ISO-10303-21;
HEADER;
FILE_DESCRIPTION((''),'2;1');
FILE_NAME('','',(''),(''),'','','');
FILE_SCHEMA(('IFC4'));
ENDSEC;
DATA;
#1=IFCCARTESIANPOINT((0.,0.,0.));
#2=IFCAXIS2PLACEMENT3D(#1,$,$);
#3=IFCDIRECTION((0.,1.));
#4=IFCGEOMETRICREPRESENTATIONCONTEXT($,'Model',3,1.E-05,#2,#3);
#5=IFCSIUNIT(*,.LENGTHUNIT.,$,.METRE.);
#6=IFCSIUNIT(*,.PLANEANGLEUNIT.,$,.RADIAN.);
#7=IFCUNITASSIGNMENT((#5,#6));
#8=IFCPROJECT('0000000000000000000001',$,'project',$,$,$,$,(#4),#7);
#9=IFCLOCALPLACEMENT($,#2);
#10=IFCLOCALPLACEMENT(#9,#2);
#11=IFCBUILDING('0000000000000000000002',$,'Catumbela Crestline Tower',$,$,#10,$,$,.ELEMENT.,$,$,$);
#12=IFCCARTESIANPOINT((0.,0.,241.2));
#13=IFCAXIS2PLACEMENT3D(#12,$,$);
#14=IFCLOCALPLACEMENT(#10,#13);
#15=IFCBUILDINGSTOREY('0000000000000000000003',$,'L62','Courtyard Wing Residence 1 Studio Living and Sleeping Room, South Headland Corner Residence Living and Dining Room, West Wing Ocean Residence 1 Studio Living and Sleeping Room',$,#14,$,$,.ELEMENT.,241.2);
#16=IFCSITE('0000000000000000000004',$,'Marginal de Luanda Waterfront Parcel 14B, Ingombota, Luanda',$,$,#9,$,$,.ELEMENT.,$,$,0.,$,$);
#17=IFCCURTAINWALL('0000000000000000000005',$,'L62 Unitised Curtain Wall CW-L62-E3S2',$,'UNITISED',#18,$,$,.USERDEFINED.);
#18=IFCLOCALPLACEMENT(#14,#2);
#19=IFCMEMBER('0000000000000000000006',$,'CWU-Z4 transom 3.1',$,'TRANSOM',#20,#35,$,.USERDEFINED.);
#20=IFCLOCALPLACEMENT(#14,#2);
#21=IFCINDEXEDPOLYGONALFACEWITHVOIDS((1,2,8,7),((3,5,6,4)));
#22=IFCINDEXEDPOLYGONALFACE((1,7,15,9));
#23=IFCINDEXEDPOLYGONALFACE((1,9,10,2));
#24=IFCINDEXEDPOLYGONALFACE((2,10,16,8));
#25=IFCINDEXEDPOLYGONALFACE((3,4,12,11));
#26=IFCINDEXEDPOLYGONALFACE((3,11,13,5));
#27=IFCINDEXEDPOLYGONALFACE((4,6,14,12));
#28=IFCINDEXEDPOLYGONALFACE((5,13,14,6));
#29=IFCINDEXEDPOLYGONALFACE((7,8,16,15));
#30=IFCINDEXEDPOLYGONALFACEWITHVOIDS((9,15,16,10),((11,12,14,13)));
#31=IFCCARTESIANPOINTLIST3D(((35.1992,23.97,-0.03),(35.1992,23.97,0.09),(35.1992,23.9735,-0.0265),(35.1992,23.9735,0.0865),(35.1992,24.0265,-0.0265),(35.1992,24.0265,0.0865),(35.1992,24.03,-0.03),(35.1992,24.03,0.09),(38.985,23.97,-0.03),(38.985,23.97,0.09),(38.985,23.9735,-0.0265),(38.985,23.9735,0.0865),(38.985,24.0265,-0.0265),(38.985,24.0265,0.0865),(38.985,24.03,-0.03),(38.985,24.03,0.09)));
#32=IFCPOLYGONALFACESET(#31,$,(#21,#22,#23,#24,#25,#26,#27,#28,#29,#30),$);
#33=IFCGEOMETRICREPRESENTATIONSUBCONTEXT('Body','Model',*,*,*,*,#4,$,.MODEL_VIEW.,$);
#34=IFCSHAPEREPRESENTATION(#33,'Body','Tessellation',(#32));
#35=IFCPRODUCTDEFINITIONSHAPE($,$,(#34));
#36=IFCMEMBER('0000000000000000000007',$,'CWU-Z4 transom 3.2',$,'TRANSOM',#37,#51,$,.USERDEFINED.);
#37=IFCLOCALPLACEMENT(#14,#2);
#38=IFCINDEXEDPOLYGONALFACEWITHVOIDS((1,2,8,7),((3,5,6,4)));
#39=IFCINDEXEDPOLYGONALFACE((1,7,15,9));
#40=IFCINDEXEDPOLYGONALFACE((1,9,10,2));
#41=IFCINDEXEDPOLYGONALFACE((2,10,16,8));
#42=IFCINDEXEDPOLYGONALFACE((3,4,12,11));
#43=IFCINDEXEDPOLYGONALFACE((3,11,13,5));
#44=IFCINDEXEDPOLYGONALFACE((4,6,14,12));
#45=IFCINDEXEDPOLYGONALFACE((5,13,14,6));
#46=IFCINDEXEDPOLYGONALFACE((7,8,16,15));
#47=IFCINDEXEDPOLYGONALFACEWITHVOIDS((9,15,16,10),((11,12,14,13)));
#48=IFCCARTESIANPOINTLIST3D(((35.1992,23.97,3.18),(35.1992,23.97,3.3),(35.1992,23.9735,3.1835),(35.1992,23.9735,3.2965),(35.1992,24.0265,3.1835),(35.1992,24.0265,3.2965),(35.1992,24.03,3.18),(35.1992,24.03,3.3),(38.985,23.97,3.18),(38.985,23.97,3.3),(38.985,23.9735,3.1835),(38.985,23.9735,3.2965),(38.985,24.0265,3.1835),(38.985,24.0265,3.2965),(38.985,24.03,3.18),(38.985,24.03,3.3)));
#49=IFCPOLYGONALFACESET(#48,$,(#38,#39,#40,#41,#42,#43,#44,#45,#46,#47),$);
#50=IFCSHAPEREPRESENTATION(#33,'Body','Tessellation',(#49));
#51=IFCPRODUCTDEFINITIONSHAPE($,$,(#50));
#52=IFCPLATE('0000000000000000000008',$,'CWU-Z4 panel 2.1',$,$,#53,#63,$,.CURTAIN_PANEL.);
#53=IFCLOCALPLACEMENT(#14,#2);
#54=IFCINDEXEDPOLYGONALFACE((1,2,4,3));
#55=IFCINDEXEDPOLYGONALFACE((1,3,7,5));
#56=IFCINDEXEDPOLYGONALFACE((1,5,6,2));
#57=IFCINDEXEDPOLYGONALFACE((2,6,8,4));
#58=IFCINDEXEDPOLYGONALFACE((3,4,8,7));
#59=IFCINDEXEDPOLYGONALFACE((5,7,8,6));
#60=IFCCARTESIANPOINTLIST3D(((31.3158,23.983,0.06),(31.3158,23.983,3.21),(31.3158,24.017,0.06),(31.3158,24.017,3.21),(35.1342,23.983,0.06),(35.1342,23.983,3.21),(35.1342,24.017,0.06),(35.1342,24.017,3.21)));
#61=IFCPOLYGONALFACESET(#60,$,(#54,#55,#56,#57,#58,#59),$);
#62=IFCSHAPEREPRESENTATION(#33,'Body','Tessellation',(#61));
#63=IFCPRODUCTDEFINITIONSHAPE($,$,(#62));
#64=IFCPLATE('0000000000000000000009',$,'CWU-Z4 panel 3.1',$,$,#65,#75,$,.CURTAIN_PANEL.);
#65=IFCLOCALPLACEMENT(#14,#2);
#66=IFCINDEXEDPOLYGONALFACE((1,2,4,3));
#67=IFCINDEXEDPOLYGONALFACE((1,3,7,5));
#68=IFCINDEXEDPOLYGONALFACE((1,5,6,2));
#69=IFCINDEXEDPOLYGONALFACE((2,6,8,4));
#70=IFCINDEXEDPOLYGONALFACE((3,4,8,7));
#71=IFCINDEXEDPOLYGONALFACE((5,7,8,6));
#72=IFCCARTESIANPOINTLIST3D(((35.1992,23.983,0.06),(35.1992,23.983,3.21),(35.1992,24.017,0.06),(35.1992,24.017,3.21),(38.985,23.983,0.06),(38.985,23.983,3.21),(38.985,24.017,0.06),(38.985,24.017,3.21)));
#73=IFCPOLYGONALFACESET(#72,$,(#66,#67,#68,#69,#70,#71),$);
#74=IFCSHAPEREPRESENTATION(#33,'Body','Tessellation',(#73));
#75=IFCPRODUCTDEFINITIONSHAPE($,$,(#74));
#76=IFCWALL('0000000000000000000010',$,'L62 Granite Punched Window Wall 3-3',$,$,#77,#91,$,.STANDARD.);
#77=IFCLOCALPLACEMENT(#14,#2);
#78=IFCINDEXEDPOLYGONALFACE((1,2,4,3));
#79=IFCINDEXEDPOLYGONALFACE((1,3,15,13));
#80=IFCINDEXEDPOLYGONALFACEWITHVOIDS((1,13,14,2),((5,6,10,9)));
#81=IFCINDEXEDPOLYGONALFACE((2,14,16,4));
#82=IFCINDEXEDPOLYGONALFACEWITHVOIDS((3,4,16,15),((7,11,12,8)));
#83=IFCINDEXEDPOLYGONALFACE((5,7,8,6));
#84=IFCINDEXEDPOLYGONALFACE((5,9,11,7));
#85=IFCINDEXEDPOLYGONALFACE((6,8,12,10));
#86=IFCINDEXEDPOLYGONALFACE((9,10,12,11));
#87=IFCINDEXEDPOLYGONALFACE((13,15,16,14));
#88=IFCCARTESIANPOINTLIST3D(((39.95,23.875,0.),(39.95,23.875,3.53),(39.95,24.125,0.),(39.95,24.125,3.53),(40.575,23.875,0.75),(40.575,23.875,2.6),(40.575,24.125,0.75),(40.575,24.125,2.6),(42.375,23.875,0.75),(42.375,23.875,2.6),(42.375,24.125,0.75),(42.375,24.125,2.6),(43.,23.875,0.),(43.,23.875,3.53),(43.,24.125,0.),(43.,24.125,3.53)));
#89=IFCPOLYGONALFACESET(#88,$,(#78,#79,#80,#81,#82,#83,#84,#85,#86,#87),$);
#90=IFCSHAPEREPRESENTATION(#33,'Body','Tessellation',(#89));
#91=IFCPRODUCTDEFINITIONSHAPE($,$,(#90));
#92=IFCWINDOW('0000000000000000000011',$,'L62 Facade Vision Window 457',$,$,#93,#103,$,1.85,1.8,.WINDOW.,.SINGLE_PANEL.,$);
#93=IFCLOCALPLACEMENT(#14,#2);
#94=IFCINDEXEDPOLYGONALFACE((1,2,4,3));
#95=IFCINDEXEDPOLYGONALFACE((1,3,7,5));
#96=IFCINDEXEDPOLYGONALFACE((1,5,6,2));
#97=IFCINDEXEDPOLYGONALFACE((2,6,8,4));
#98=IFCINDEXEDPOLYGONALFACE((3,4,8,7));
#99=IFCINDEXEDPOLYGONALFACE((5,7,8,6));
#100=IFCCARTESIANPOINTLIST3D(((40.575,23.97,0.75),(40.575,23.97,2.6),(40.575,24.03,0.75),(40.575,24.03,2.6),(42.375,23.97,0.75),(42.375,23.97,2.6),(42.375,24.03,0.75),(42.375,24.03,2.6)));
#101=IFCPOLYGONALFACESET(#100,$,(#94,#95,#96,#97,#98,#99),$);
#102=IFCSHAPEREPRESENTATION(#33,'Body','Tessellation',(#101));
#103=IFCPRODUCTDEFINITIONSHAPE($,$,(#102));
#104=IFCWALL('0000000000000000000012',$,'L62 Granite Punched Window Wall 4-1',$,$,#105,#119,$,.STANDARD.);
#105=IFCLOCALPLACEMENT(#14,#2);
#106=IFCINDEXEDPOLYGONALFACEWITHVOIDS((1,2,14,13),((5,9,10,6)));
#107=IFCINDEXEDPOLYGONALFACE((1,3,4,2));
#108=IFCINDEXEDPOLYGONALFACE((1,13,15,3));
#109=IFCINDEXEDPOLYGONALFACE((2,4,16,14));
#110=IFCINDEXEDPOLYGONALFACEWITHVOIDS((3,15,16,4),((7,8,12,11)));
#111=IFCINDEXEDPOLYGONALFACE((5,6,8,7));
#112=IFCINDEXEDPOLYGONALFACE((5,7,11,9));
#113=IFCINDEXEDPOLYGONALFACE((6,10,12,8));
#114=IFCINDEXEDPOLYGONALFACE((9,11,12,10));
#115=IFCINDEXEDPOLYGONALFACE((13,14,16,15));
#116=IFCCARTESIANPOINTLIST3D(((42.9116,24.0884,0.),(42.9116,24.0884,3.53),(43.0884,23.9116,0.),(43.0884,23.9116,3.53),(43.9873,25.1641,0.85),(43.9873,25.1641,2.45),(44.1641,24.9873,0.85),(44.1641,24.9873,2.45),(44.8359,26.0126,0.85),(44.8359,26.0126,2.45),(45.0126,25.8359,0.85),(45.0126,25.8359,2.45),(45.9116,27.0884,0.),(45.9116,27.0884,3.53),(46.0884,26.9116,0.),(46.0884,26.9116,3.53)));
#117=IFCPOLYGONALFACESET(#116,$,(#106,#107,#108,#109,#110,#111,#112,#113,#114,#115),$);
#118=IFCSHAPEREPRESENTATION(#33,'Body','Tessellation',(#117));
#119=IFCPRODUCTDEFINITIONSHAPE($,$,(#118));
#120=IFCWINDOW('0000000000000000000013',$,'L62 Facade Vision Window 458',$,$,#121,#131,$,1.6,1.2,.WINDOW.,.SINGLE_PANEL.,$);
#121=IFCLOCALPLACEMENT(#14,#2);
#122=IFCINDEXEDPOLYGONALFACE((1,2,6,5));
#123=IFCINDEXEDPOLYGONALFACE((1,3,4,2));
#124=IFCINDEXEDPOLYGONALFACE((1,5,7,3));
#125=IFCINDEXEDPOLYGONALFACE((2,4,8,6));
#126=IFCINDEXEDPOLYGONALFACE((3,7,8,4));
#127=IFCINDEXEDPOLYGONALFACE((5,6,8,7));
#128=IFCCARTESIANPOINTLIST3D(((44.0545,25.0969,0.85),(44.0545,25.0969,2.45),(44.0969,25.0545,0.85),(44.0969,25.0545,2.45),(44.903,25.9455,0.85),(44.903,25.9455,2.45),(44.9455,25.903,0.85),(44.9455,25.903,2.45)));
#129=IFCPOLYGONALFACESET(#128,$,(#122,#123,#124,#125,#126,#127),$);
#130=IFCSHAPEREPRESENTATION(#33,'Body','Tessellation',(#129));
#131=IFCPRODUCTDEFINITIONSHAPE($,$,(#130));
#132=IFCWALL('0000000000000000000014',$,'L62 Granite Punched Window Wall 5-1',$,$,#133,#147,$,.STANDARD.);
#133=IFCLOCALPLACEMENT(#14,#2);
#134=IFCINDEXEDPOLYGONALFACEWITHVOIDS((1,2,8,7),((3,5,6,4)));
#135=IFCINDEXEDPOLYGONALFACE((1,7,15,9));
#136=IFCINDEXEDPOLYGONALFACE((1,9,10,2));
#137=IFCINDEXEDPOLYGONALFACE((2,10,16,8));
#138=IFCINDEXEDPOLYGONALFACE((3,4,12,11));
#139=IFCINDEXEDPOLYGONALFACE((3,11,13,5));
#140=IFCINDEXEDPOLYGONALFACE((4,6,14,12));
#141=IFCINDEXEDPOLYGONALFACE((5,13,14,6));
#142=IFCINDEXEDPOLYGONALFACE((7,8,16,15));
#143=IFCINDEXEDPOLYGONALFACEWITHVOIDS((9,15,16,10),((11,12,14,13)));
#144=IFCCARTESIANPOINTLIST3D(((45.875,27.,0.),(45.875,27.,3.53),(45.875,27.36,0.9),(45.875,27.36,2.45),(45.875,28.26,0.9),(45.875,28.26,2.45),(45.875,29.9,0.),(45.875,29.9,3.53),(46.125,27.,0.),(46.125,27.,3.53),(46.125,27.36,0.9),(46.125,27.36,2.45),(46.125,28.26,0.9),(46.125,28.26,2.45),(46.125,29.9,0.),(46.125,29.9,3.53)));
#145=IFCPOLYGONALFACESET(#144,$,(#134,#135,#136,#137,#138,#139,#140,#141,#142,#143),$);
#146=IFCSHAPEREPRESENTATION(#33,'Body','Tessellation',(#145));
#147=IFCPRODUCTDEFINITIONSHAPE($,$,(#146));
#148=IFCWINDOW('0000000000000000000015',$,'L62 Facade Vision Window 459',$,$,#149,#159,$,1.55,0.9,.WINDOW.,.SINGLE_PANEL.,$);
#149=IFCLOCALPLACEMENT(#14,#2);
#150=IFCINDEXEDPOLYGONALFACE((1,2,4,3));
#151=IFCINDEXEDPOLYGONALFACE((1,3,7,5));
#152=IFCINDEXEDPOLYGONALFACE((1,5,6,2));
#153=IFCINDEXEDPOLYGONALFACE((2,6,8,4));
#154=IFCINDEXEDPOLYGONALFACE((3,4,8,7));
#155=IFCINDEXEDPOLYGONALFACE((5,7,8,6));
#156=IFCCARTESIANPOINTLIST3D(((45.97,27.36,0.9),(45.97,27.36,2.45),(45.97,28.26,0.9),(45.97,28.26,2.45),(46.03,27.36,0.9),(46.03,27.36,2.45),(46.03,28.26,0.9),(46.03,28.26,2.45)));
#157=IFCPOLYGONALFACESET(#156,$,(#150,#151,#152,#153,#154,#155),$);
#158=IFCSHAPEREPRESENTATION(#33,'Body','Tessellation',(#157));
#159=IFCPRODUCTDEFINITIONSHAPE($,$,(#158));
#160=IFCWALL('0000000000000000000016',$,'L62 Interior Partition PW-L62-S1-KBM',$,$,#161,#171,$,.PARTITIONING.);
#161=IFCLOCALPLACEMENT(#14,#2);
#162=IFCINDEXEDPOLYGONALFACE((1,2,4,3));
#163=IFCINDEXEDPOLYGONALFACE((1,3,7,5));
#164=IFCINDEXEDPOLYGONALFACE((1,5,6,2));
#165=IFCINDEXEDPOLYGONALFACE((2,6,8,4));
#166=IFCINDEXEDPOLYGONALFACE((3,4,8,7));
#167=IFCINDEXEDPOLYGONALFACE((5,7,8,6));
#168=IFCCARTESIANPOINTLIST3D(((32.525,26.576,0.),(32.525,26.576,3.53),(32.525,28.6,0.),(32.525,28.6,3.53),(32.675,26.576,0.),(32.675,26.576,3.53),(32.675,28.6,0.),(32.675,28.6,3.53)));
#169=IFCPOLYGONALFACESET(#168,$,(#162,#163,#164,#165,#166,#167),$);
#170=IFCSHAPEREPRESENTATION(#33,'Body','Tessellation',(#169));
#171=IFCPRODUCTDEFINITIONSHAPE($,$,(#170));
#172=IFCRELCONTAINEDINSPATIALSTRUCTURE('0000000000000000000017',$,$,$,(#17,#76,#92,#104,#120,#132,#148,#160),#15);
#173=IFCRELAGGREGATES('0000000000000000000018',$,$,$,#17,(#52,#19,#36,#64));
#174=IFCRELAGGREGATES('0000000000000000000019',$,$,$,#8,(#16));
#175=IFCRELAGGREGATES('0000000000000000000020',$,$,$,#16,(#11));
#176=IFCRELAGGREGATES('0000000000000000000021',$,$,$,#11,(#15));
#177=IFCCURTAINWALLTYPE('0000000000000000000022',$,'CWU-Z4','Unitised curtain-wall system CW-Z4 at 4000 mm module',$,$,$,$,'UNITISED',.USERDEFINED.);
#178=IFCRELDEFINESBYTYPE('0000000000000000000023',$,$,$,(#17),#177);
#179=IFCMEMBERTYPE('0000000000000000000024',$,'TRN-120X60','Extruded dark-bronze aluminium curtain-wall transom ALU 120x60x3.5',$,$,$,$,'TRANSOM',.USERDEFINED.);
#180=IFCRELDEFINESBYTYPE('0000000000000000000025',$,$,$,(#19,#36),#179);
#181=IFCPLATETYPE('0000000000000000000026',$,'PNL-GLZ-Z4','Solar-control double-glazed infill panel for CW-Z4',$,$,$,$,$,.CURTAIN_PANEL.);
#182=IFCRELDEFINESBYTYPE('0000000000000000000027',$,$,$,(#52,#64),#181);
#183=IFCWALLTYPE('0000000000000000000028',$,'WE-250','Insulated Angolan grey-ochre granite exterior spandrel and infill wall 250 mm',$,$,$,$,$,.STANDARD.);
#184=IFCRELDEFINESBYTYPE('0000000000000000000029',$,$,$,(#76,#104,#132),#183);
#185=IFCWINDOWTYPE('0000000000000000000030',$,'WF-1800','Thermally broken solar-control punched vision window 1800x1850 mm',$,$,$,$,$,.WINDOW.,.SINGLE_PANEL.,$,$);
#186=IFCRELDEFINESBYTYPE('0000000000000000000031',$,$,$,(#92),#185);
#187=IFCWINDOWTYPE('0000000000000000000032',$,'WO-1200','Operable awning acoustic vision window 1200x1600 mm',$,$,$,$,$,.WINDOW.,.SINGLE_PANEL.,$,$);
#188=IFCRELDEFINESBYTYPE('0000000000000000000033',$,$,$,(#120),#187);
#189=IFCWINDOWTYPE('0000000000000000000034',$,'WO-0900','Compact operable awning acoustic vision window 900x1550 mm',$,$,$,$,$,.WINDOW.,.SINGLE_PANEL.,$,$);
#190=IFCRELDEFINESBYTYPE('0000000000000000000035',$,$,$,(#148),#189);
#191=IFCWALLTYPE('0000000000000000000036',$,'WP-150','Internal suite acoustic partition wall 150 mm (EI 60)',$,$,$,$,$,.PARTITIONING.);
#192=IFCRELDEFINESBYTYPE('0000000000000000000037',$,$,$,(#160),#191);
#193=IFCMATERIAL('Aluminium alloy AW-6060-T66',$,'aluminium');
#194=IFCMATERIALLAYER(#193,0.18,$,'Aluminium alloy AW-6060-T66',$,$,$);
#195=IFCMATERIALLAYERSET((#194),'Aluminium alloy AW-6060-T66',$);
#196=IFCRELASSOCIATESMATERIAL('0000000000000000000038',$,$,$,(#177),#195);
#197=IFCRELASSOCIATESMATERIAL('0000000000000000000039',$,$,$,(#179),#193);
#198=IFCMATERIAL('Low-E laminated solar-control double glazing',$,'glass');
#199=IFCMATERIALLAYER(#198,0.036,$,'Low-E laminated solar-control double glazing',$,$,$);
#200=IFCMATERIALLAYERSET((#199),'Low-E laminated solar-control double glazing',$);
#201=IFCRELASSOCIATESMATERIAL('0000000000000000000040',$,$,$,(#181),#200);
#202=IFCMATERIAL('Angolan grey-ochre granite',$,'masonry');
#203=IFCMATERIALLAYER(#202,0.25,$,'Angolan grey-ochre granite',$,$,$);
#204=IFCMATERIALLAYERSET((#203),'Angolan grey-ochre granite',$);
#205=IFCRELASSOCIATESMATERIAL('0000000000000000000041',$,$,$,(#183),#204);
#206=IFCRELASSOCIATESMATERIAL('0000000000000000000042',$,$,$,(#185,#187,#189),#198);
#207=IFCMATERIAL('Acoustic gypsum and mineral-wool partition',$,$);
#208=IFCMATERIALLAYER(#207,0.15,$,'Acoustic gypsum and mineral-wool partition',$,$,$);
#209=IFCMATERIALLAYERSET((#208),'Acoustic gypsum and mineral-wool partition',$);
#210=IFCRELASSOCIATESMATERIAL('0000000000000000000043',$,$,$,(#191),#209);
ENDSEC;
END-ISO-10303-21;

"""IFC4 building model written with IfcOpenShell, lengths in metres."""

from ifc_helpers import new_model, si_unit, direction, frame, frame_2d, origin, origin_2d, place, context, subcontext, project, spatial, rectangle, hollow_rectangle, extrude, material, layer, layer_set, material_profile, profile_set, type_object, element, fill, aggregate, save


model = new_model("IFC4")

# Units and contexts
model_context = context("Model", 3, precision=1e-05, world=origin(), true_north=direction((0.0, 1.0)))
body_context = subcontext(model_context, "Body", "Model", "MODEL_VIEW")
ifc_project = project(units=[si_unit("LENGTHUNIT", "METRE"), si_unit("PLANEANGLEUNIT", "RADIAN")], contexts=[model_context])

# Site, building, storey
site_placement = place(None, origin())
site = spatial("IfcSite", under=ifc_project, at=site_placement, Name="Marginal de Luanda Waterfront Parcel 14B, Ingombota, Luanda", CompositionType="ELEMENT", RefElevation=0.0)
building_placement = place(site_placement, origin())
building = spatial("IfcBuilding", under=site, at=building_placement, Name="Catumbela Crestline Tower", CompositionType="ELEMENT")
storey_placement = place(building_placement, frame((0.0, 0.0, 241.2)))
storey = spatial("IfcBuildingStorey", under=building, at=storey_placement, Name="L62", Description="Courtyard Wing Residence 1 Studio Living and Sleeping Room, South Headland Corner Residence Living and Dining Room, West Wing Ocean Residence 1 Studio Living and Sleeping Room", CompositionType="ELEMENT", Elevation=241.2)

# Curtain wall, members, plates
ifc_material_1 = material(Name="Aluminium alloy AW-6060-T66", Category="aluminium")
ifc_layer_1 = layer(ifc_material_1, 0.18, Name="Aluminium alloy AW-6060-T66")
ifc_layer_set_1 = layer_set([ifc_layer_1], Name="Aluminium alloy AW-6060-T66")
curtain_wall_type = type_object("IfcCurtainWallType", Name="CWU-Z4", Description="Unitised curtain-wall system CW-Z4 at 4000 mm module", ElementType="UNITISED", PredefinedType="USERDEFINED", material=ifc_layer_set_1)
curtain_wall_placement = place(storey_placement, origin())
curtain_wall = element("IfcCurtainWall", 1, at=curtain_wall_placement, inside=storey, type_object=curtain_wall_type, Name="L62 Unitised Curtain Wall CW-L62-E3S2", ObjectType="UNITISED", PredefinedType="USERDEFINED")
ifc_material_profile_1 = material_profile(ifc_material_1, hollow_rectangle(XDim=0.06, YDim=0.12, WallThickness=0.0035, at=origin_2d()), Name="ALU 120x60x3.5")
ifc_profile_set_1 = profile_set([ifc_material_profile_1], Name="Aluminium alloy AW-6060-T66")
member_type_1 = type_object("IfcMemberType", Name="TRN-120X60", Description="Extruded dark-bronze aluminium curtain-wall transom ALU 120x60x3.5", ElementType="TRANSOM", PredefinedType="USERDEFINED", material=ifc_profile_set_1)
member_1_placement = place(storey_placement, frame((35.1992, 24.0, 0.03), z_axis=(1.0, 0.0, 0.0), x_axis=(0.0, 1.0, 0.0)))
member_1 = element("IfcMember", 2, at=member_1_placement, type_object=member_type_1, Name="CWU-Z4 transom 3.1", ObjectType="TRANSOM", PredefinedType="USERDEFINED", context=body_context, shape_type="SweptSolid", body=[
    extrude(hollow_rectangle(XDim=0.06, YDim=0.12, WallThickness=0.0035, at=origin_2d()), origin(), (0.0, 0.0, 1.0), 3.7858),
])
member_2_placement = place(storey_placement, frame((35.1992, 24.0, 3.24), z_axis=(1.0, 0.0, 0.0), x_axis=(0.0, 1.0, 0.0)))
member_2 = element("IfcMember", 3, at=member_2_placement, type_object=member_type_1, Name="CWU-Z4 transom 3.2", ObjectType="TRANSOM", PredefinedType="USERDEFINED", context=body_context, shape_type="SweptSolid", body=[
    extrude(hollow_rectangle(XDim=0.06, YDim=0.12, WallThickness=0.0035, at=origin_2d()), origin(), (0.0, 0.0, 1.0), 3.7858),
])
ifc_material_2 = material(Name="Low-E laminated solar-control double glazing", Category="glass")
ifc_layer_2 = layer(ifc_material_2, 0.036, Name="Low-E laminated solar-control double glazing")
ifc_layer_set_2 = layer_set([ifc_layer_2], Name="Low-E laminated solar-control double glazing")
plate_type = type_object("IfcPlateType", Name="PNL-GLZ-Z4", Description="Solar-control double-glazed infill panel for CW-Z4", PredefinedType="CURTAIN_PANEL", material=ifc_layer_set_2)
plate_1_placement = place(storey_placement, frame((33.225, 24.0, 0.06), z_axis=(0.0, 0.0, 1.0), x_axis=(1.0, 0.0, 0.0)))
plate_1 = element("IfcPlate", 4, at=plate_1_placement, type_object=plate_type, Name="CWU-Z4 panel 2.1", PredefinedType="CURTAIN_PANEL", context=body_context, shape_type="SweptSolid", body=[
    extrude(rectangle(XDim=3.8183, YDim=0.034, at=origin_2d()), origin(), (0.0, 0.0, 1.0), 3.15),
])
plate_2_placement = place(storey_placement, frame((37.0921, 24.0, 0.06), z_axis=(0.0, 0.0, 1.0), x_axis=(1.0, 0.0, 0.0)))
plate_2 = element("IfcPlate", 5, at=plate_2_placement, type_object=plate_type, Name="CWU-Z4 panel 3.1", PredefinedType="CURTAIN_PANEL", context=body_context, shape_type="SweptSolid", body=[
    extrude(rectangle(XDim=3.7858, YDim=0.034, at=origin_2d()), origin(), (0.0, 0.0, 1.0), 3.15),
])
aggregate(curtain_wall, [plate_1, member_1, member_2, plate_2])

# Walls, openings, windows
ifc_material_3 = material(Name="Angolan grey-ochre granite", Category="masonry")
ifc_layer_3 = layer(ifc_material_3, 0.25, Name="Angolan grey-ochre granite")
ifc_layer_set_3 = layer_set([ifc_layer_3], Name="Angolan grey-ochre granite")
wall_type_1 = type_object("IfcWallType", Name="WE-250", Description="Insulated Angolan grey-ochre granite exterior spandrel and infill wall 250 mm", PredefinedType="STANDARD", material=ifc_layer_set_3)
wall_1_placement = place(storey_placement, frame((39.95, 24.0, 0.0), z_axis=(0.0, 0.0, 1.0), x_axis=(1.0, 0.0, 0.0)))
wall_1 = element("IfcWall", 6, at=wall_1_placement, inside=storey, type_object=wall_type_1, Name="L62 Granite Punched Window Wall 3-3", PredefinedType="STANDARD", context=body_context, shape_type="SweptSolid", body=[
    extrude(rectangle(XDim=3.05, YDim=0.25, at=frame_2d((1.525, 0.0))), origin(), (0.0, 0.0, 1.0), 3.53),
])
opening_1_placement = place(wall_1_placement, frame((0.625, 0.0, 0.75)))
opening_1 = element("IfcOpeningElement", 7, at=opening_1_placement, cuts=wall_1, PredefinedType="OPENING", context=body_context, shape_type="SweptSolid", body=[
    extrude(rectangle(XDim=1.8, YDim=1.85, at=frame_2d((0.9, 0.925))), frame((0.0, 0.135, 0.0), z_axis=(0.0, -1.0, 0.0), x_axis=(1.0, 0.0, 0.0)), (0.0, 0.0, 1.0), 0.27),
])
window_type_1 = type_object("IfcWindowType", Name="WF-1800", Description="Thermally broken solar-control punched vision window 1800x1850 mm", PartitioningType="SINGLE_PANEL", PredefinedType="WINDOW", material=ifc_material_2)
window_1_placement = place(opening_1_placement, origin())
window_1 = element("IfcWindow", 8, at=window_1_placement, inside=storey, type_object=window_type_1, Name="L62 Facade Vision Window 457", OverallHeight=1.85, OverallWidth=1.8, PartitioningType="SINGLE_PANEL", PredefinedType="WINDOW", context=body_context, shape_type="SweptSolid", body=[
    extrude(rectangle(XDim=1.8, YDim=1.85, at=frame_2d((0.9, 0.925))), frame((0.0, 0.03, 0.0), z_axis=(0.0, -1.0, 0.0), x_axis=(1.0, 0.0, 0.0)), (0.0, 0.0, 1.0), 0.06),
])
fill(opening_1, window_1)
wall_2_placement = place(storey_placement, frame((43.0, 24.0, 0.0), z_axis=(0.0, 0.0, 1.0), x_axis=(0.707107, 0.707107, 0.0)))
wall_2 = element("IfcWall", 9, at=wall_2_placement, inside=storey, type_object=wall_type_1, Name="L62 Granite Punched Window Wall 4-1", PredefinedType="STANDARD", context=body_context, shape_type="SweptSolid", body=[
    extrude(rectangle(XDim=4.2426, YDim=0.25, at=frame_2d((2.1213, 0.0))), origin(), (0.0, 0.0, 1.0), 3.53),
])
opening_2_placement = place(wall_2_placement, frame((1.5213, 0.0, 0.85)))
opening_2 = element("IfcOpeningElement", 10, at=opening_2_placement, cuts=wall_2, PredefinedType="OPENING", context=body_context, shape_type="SweptSolid", body=[
    extrude(rectangle(XDim=1.2, YDim=1.6, at=frame_2d((0.6, 0.8))), frame((0.0, 0.135, 0.0), z_axis=(0.0, -1.0, 0.0), x_axis=(1.0, 0.0, 0.0)), (0.0, 0.0, 1.0), 0.27),
])
window_type_2 = type_object("IfcWindowType", Name="WO-1200", Description="Operable awning acoustic vision window 1200x1600 mm", PartitioningType="SINGLE_PANEL", PredefinedType="WINDOW", material=ifc_material_2)
window_2_placement = place(opening_2_placement, origin())
window_2 = element("IfcWindow", 11, at=window_2_placement, inside=storey, type_object=window_type_2, Name="L62 Facade Vision Window 458", OverallHeight=1.6, OverallWidth=1.2, PartitioningType="SINGLE_PANEL", PredefinedType="WINDOW", context=body_context, shape_type="SweptSolid", body=[
    extrude(rectangle(XDim=1.2, YDim=1.6, at=frame_2d((0.6, 0.8))), frame((0.0, 0.03, 0.0), z_axis=(0.0, -1.0, 0.0), x_axis=(1.0, 0.0, 0.0)), (0.0, 0.0, 1.0), 0.06),
])
fill(opening_2, window_2)
wall_3_placement = place(storey_placement, frame((46.0, 27.0, 0.0), z_axis=(0.0, 0.0, 1.0), x_axis=(0.0, 1.0, 0.0)))
wall_3 = element("IfcWall", 12, at=wall_3_placement, inside=storey, type_object=wall_type_1, Name="L62 Granite Punched Window Wall 5-1", PredefinedType="STANDARD", context=body_context, shape_type="SweptSolid", body=[
    extrude(rectangle(XDim=2.9, YDim=0.25, at=frame_2d((1.45, 0.0))), origin(), (0.0, 0.0, 1.0), 3.53),
])
opening_3_placement = place(wall_3_placement, frame((0.36, 0.0, 0.9)))
opening_3 = element("IfcOpeningElement", 13, at=opening_3_placement, cuts=wall_3, PredefinedType="OPENING", context=body_context, shape_type="SweptSolid", body=[
    extrude(rectangle(XDim=0.9, YDim=1.55, at=frame_2d((0.45, 0.775))), frame((0.0, 0.135, 0.0), z_axis=(0.0, -1.0, 0.0), x_axis=(1.0, 0.0, 0.0)), (0.0, 0.0, 1.0), 0.27),
])
window_type_3 = type_object("IfcWindowType", Name="WO-0900", Description="Compact operable awning acoustic vision window 900x1550 mm", PartitioningType="SINGLE_PANEL", PredefinedType="WINDOW", material=ifc_material_2)
window_3_placement = place(opening_3_placement, origin())
window_3 = element("IfcWindow", 14, at=window_3_placement, inside=storey, type_object=window_type_3, Name="L62 Facade Vision Window 459", OverallHeight=1.55, OverallWidth=0.9, PartitioningType="SINGLE_PANEL", PredefinedType="WINDOW", context=body_context, shape_type="SweptSolid", body=[
    extrude(rectangle(XDim=0.9, YDim=1.55, at=frame_2d((0.45, 0.775))), frame((0.0, 0.03, 0.0), z_axis=(0.0, -1.0, 0.0), x_axis=(1.0, 0.0, 0.0)), (0.0, 0.0, 1.0), 0.06),
])
fill(opening_3, window_3)

# Wall
ifc_material_4 = material(Name="Acoustic gypsum and mineral-wool partition")
ifc_layer_4 = layer(ifc_material_4, 0.15, Name="Acoustic gypsum and mineral-wool partition")
ifc_layer_set_4 = layer_set([ifc_layer_4], Name="Acoustic gypsum and mineral-wool partition")
wall_type_2 = type_object("IfcWallType", Name="WP-150", Description="Internal suite acoustic partition wall 150 mm (EI 60)", PredefinedType="PARTITIONING", material=ifc_layer_set_4)
wall_4_placement = place(storey_placement, frame((32.6, 26.576, 0.0), z_axis=(0.0, 0.0, 1.0), x_axis=(0.0, 1.0, 0.0)))
element("IfcWall", 15, at=wall_4_placement, inside=storey, type_object=wall_type_2, Name="L62 Interior Partition PW-L62-S1-KBM", PredefinedType="PARTITIONING", context=body_context, shape_type="SweptSolid", body=[
    extrude(rectangle(XDim=2.024, YDim=0.15, at=frame_2d((1.012, 0.0))), origin(), (0.0, 0.0, 1.0), 3.53),
])

save(model, "model.ifc")
